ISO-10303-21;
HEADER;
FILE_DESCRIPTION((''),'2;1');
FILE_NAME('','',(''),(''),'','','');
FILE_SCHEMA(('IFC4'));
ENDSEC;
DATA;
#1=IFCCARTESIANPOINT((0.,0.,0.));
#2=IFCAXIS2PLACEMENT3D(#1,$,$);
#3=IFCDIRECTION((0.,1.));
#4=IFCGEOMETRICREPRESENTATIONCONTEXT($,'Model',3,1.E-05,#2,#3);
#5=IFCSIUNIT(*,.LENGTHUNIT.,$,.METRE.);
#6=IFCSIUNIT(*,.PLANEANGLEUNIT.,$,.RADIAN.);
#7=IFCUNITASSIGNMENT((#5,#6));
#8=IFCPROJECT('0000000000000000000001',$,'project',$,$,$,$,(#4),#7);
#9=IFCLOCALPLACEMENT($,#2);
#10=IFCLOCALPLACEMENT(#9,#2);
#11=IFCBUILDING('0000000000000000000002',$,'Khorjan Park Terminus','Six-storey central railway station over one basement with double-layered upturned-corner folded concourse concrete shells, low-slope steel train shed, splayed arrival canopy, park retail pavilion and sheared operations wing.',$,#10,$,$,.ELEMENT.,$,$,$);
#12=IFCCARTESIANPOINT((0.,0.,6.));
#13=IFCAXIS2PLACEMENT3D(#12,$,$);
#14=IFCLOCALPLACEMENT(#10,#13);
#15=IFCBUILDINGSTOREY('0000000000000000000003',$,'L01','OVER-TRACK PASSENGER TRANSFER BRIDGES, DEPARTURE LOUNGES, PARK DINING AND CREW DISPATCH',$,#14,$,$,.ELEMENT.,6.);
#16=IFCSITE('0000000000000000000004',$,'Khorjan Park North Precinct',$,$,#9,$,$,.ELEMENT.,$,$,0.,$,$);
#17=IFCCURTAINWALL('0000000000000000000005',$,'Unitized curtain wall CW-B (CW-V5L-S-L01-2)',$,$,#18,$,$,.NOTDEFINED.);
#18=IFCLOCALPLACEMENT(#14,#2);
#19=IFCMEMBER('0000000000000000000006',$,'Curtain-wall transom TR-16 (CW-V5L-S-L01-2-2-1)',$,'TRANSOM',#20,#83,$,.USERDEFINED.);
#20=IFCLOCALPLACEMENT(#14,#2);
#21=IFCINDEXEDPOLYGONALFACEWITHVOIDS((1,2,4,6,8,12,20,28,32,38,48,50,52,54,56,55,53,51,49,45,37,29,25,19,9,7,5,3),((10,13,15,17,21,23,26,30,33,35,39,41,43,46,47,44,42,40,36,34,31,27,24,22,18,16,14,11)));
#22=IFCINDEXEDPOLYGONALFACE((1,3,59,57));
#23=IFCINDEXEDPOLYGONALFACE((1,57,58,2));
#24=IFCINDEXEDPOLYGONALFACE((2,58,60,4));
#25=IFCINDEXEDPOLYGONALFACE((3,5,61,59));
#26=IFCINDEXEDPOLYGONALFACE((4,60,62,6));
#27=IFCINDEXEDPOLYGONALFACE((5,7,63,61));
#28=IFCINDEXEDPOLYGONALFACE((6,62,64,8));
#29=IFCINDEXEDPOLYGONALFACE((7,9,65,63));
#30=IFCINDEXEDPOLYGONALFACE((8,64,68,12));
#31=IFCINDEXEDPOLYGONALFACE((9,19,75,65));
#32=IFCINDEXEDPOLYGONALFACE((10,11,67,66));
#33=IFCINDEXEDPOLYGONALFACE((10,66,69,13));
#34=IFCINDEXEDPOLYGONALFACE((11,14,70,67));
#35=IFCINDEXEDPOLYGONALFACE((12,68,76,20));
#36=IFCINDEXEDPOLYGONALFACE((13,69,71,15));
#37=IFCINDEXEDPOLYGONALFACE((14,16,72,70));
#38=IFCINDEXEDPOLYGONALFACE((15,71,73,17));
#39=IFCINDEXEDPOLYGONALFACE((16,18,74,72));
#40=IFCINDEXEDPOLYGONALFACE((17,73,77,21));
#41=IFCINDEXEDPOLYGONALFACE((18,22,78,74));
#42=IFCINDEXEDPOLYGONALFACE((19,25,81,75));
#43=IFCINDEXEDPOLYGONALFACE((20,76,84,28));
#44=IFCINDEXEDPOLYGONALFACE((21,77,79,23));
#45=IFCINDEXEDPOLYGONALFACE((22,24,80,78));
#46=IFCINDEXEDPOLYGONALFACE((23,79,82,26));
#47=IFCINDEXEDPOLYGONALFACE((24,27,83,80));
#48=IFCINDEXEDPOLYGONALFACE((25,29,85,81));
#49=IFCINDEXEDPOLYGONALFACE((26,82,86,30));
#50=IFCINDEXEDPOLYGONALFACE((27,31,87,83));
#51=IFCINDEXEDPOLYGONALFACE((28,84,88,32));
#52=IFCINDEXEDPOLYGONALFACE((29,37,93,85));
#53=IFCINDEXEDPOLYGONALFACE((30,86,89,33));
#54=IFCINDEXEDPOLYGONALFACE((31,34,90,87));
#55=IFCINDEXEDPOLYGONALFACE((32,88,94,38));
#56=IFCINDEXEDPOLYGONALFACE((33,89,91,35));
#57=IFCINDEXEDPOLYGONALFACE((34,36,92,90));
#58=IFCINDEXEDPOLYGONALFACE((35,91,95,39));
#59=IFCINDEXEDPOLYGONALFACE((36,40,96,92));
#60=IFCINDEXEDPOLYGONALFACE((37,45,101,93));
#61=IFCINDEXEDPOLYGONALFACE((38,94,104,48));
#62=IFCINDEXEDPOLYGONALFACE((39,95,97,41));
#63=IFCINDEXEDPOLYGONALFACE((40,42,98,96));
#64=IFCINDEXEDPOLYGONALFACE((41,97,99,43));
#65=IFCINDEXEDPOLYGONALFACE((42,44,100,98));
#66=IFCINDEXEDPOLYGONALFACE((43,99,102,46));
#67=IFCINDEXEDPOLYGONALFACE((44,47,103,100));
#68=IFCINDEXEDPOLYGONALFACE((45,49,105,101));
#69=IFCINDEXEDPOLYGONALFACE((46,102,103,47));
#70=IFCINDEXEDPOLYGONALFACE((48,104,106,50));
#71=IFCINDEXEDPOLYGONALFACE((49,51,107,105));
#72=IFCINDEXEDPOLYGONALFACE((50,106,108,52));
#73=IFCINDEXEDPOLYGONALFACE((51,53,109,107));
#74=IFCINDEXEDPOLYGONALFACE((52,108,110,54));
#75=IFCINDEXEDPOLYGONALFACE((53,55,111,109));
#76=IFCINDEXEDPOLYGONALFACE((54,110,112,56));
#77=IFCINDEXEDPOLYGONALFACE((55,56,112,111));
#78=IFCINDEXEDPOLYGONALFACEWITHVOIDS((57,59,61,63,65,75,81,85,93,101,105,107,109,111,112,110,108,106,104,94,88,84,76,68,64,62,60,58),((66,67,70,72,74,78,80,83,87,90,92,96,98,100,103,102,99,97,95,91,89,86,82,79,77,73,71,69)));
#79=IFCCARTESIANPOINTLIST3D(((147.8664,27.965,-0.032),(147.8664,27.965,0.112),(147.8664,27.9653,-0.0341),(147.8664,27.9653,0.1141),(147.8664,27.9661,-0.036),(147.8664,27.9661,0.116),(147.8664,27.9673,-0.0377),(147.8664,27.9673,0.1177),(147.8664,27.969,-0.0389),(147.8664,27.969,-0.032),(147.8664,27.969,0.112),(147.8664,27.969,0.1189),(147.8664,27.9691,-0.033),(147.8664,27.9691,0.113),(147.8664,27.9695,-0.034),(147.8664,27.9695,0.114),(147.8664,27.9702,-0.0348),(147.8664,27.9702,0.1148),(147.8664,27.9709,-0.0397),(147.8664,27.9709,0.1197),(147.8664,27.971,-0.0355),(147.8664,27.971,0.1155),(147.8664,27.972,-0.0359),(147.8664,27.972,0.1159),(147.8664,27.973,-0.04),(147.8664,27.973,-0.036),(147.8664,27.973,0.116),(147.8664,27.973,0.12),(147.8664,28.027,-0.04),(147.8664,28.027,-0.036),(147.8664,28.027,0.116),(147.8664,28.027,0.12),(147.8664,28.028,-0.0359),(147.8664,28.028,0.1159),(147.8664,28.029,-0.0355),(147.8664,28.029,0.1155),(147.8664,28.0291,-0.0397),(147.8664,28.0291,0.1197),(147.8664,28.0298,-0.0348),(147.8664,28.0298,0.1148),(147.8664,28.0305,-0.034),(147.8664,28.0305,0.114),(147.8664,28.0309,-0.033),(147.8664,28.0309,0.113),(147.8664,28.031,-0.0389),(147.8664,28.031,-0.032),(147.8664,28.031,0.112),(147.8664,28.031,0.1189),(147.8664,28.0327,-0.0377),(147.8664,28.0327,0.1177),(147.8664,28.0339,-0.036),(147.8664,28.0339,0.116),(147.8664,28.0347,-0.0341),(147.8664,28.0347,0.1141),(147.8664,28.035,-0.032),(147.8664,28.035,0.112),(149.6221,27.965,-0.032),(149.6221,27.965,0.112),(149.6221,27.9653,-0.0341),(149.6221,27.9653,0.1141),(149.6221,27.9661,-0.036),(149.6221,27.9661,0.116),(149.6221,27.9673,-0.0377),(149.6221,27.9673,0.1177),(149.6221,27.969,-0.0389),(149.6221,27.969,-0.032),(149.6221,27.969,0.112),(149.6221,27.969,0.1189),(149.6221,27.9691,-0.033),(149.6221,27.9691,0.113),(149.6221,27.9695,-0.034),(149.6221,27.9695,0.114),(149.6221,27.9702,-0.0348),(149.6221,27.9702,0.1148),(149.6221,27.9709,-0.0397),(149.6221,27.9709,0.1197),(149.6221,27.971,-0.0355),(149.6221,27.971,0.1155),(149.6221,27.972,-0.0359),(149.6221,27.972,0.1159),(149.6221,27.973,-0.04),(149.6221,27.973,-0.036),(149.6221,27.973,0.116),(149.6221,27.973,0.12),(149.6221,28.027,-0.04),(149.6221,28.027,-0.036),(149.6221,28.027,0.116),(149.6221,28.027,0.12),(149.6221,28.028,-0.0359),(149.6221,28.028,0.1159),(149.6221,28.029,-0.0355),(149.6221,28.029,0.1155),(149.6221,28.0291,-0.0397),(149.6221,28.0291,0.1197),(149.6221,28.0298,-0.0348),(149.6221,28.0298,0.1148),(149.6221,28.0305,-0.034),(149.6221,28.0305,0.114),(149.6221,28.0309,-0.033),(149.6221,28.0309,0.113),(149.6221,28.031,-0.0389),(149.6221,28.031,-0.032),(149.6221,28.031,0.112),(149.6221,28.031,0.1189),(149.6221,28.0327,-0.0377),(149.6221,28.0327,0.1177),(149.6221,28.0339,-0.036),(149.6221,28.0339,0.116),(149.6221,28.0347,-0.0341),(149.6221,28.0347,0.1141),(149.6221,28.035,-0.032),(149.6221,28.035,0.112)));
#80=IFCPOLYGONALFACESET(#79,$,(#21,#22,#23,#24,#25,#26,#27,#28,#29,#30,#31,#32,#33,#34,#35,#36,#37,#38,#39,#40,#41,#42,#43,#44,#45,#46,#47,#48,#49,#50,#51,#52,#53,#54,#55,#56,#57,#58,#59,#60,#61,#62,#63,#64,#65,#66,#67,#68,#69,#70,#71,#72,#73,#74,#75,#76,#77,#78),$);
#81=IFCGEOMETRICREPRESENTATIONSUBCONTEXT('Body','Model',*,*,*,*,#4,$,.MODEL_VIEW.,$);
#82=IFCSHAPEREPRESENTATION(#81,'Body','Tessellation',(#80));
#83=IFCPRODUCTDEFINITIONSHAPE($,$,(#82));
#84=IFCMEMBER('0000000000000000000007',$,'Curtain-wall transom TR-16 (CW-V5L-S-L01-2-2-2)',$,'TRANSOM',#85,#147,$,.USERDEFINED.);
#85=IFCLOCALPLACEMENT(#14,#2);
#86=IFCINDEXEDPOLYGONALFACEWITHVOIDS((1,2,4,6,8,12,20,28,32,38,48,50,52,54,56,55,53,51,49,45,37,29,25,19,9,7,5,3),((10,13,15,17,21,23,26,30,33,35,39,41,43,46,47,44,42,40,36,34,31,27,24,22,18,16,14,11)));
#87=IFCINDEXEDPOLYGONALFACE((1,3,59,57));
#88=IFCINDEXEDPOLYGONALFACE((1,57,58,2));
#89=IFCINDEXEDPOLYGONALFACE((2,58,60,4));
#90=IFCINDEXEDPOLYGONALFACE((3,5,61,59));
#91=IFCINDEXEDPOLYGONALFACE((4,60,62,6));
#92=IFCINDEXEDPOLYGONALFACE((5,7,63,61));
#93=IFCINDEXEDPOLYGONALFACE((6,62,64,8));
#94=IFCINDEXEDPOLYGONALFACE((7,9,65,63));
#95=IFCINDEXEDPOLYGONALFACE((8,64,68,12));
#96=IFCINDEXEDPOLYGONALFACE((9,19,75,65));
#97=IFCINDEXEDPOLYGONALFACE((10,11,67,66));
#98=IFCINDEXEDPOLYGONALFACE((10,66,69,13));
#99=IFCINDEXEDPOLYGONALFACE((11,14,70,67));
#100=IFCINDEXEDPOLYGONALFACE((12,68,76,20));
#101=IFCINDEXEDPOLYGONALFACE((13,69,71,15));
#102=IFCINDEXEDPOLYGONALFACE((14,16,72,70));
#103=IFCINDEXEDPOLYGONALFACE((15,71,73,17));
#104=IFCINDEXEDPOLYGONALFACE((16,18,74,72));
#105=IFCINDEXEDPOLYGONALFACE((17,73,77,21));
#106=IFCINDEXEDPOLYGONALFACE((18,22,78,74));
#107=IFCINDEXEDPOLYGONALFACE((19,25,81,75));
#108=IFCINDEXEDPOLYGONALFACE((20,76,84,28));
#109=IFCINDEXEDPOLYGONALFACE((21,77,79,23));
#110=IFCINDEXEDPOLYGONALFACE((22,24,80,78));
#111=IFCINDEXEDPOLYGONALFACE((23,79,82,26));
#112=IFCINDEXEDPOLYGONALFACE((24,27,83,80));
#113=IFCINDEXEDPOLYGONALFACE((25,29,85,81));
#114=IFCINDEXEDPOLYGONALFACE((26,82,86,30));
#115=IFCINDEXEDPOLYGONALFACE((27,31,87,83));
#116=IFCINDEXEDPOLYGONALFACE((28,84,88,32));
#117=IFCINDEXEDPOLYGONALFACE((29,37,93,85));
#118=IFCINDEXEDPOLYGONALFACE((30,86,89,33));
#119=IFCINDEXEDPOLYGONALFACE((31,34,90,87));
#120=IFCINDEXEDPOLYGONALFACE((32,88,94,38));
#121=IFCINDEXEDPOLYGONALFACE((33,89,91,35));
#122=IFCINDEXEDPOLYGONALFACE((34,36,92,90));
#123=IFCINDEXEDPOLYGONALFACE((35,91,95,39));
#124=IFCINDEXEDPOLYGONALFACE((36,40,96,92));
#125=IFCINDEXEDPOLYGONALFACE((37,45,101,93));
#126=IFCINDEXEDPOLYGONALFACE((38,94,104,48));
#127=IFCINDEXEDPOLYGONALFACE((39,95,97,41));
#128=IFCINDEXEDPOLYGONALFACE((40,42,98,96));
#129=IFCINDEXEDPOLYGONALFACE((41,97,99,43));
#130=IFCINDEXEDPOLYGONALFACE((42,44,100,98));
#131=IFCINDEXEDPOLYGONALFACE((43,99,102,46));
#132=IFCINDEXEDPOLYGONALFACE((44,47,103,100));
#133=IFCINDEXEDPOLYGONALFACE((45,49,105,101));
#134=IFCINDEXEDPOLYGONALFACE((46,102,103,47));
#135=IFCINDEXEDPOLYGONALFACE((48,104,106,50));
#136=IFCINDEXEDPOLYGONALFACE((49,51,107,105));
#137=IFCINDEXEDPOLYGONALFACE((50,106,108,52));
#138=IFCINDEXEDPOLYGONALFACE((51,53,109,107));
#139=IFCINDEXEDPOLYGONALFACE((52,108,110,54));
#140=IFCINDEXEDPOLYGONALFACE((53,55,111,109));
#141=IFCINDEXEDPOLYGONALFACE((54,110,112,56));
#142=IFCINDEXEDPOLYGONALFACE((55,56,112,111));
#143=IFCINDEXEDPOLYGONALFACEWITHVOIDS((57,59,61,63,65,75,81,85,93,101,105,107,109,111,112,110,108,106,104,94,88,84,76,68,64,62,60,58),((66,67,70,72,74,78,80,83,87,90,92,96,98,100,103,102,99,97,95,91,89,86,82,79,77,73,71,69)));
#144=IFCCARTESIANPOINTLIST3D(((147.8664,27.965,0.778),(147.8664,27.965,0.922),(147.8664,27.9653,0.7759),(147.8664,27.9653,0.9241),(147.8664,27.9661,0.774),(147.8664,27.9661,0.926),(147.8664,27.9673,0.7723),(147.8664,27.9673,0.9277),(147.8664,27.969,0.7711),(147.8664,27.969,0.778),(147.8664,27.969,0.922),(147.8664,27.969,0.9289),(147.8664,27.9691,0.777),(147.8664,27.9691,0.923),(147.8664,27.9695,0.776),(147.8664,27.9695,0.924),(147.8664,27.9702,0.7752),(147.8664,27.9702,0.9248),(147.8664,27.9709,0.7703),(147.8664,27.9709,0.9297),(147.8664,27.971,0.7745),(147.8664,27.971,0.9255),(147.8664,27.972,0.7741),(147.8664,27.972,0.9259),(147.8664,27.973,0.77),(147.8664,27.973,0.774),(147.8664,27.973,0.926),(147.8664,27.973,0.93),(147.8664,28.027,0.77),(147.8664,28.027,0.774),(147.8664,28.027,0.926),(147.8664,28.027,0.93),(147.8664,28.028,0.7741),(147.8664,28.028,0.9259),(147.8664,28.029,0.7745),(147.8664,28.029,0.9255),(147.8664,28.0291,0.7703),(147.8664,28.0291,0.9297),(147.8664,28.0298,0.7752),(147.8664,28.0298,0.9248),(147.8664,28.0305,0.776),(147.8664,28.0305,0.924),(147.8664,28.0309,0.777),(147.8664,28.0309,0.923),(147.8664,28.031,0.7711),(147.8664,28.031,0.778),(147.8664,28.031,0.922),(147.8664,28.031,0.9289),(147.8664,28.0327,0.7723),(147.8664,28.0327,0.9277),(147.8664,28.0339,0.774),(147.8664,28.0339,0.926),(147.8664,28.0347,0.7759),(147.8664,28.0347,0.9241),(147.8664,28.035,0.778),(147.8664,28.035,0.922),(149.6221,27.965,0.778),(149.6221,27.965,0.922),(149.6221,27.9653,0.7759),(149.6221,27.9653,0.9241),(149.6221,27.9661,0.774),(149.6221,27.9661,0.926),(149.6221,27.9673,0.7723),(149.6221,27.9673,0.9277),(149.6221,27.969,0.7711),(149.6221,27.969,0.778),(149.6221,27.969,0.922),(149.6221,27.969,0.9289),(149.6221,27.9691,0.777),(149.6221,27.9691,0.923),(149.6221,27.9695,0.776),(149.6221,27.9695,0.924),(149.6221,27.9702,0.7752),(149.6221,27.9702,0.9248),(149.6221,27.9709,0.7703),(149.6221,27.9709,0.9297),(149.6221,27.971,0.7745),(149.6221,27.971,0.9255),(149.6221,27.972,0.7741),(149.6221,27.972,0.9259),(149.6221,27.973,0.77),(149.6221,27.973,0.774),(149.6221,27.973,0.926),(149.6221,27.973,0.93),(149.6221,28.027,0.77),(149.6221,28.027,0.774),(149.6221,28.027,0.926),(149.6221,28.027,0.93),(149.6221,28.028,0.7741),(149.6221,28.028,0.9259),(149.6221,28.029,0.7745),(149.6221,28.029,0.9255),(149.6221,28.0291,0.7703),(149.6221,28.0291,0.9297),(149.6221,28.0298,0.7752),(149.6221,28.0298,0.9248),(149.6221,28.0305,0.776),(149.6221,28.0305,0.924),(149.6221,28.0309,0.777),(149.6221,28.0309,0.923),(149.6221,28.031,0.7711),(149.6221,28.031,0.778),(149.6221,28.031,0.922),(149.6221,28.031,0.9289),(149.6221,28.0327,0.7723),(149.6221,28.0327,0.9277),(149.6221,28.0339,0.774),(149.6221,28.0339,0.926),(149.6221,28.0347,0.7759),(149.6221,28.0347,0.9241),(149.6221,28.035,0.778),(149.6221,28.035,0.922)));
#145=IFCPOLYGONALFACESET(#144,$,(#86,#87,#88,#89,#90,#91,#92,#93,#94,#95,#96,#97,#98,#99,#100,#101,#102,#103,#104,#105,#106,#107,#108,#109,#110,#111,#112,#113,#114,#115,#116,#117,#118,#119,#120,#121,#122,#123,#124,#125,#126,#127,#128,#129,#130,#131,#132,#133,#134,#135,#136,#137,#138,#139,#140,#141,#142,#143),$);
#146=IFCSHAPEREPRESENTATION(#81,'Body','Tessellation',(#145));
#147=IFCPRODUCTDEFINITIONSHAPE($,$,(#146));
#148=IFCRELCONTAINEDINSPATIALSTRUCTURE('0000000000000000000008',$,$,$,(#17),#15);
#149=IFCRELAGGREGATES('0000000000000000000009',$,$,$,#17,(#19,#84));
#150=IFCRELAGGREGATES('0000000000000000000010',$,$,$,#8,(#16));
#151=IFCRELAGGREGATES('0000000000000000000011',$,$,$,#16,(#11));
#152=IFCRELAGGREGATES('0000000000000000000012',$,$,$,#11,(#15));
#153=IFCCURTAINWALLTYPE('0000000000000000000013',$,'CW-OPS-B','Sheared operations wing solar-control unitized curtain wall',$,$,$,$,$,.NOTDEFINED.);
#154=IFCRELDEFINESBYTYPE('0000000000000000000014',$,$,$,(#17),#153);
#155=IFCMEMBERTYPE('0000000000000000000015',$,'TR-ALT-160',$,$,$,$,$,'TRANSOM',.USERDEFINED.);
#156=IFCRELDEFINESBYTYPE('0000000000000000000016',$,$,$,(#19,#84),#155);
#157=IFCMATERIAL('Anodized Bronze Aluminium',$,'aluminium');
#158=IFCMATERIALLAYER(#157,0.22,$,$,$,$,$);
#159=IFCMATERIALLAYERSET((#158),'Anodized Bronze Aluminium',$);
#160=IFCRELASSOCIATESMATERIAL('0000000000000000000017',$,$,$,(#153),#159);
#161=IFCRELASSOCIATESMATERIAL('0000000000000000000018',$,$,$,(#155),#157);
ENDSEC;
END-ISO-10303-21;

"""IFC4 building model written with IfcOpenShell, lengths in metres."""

from ifc_helpers import new_model, si_unit, direction, frame, origin, origin_2d, place, context, subcontext, project, spatial, hollow_rectangle, extrude, material, layer, layer_set, material_profile, profile_set, type_object, element, aggregate, save


model = new_model("IFC4")

# Units and contexts
model_context = context("Model", 3, precision=1e-05, world=origin(), true_north=direction((0.0, 1.0)))
body_context = subcontext(model_context, "Body", "Model", "MODEL_VIEW")
ifc_project = project(units=[si_unit("LENGTHUNIT", "METRE"), si_unit("PLANEANGLEUNIT", "RADIAN")], contexts=[model_context])

# Site, building, storey
site_placement = place(None, origin())
site = spatial("IfcSite", under=ifc_project, at=site_placement, Name="Khorjan Park North Precinct", CompositionType="ELEMENT", RefElevation=0.0)
building_placement = place(site_placement, origin())
building = spatial("IfcBuilding", under=site, at=building_placement, Name="Khorjan Park Terminus", Description="Six-storey central railway station over one basement with double-layered upturned-corner folded concourse concrete shells, low-slope steel train shed, splayed arrival canopy, park retail pavilion and sheared operations wing.", CompositionType="ELEMENT")
storey_placement = place(building_placement, frame((0.0, 0.0, 6.0)))
storey = spatial("IfcBuildingStorey", under=building, at=storey_placement, Name="L01", Description="OVER-TRACK PASSENGER TRANSFER BRIDGES, DEPARTURE LOUNGES, PARK DINING AND CREW DISPATCH", CompositionType="ELEMENT", Elevation=6.0)

# Curtain wall
ifc_material_1 = material(Name="Anodized Bronze Aluminium", Category="aluminium")
ifc_layer_1 = layer(ifc_material_1, 0.22)
ifc_layer_set_1 = layer_set([ifc_layer_1], Name="Anodized Bronze Aluminium")
curtain_wall_type_1 = type_object("IfcCurtainWallType", Name="CW-OPS-B", Description="Sheared operations wing solar-control unitized curtain wall", PredefinedType="NOTDEFINED", material=ifc_layer_set_1)
curtain_wall_1_placement = place(storey_placement, origin())
curtain_wall_1 = element("IfcCurtainWall", 1, at=curtain_wall_1_placement, inside=storey, type_object=curtain_wall_type_1, Name="Unitized curtain wall CW-B (CW-V5L-S-L01-2)", PredefinedType="NOTDEFINED")

# Members
ifc_material_profile_1 = material_profile(ifc_material_1, hollow_rectangle(XDim=0.07, YDim=0.16, WallThickness=0.004, InnerFilletRadius=0.004, OuterFilletRadius=0.008, at=origin_2d()), Name="ALT 70x160x4")
ifc_profile_set_1 = profile_set([ifc_material_profile_1], Name="Anodized Bronze Aluminium")
member_type_1 = type_object("IfcMemberType", Name="TR-ALT-160", ElementType="TRANSOM", PredefinedType="USERDEFINED", material=ifc_profile_set_1)
member_1_placement = place(storey_placement, frame((147.8664, 28.0, 0.04), z_axis=(1.0, 0.0, 0.0), x_axis=(0.0, 1.0, 0.0)))
member_1 = element("IfcMember", 2, at=member_1_placement, type_object=member_type_1, Name="Curtain-wall transom TR-16 (CW-V5L-S-L01-2-2-1)", ObjectType="TRANSOM", PredefinedType="USERDEFINED", context=body_context, shape_type="SweptSolid", body=[
    extrude(hollow_rectangle(XDim=0.07, YDim=0.16, WallThickness=0.004, InnerFilletRadius=0.004, OuterFilletRadius=0.008, at=origin_2d()), origin(), (0.0, 0.0, 1.0), 1.7557),
])
member_2_placement = place(storey_placement, frame((147.8664, 28.0, 0.85), z_axis=(1.0, 0.0, 0.0), x_axis=(0.0, 1.0, 0.0)))
member_2 = element("IfcMember", 3, at=member_2_placement, type_object=member_type_1, Name="Curtain-wall transom TR-16 (CW-V5L-S-L01-2-2-2)", ObjectType="TRANSOM", PredefinedType="USERDEFINED", context=body_context, shape_type="SweptSolid", body=[
    extrude(hollow_rectangle(XDim=0.07, YDim=0.16, WallThickness=0.004, InnerFilletRadius=0.004, OuterFilletRadius=0.008, at=origin_2d()), origin(), (0.0, 0.0, 1.0), 1.7557),
])

aggregate(curtain_wall_1, [member_1, member_2])

save(model, "model.ifc")
